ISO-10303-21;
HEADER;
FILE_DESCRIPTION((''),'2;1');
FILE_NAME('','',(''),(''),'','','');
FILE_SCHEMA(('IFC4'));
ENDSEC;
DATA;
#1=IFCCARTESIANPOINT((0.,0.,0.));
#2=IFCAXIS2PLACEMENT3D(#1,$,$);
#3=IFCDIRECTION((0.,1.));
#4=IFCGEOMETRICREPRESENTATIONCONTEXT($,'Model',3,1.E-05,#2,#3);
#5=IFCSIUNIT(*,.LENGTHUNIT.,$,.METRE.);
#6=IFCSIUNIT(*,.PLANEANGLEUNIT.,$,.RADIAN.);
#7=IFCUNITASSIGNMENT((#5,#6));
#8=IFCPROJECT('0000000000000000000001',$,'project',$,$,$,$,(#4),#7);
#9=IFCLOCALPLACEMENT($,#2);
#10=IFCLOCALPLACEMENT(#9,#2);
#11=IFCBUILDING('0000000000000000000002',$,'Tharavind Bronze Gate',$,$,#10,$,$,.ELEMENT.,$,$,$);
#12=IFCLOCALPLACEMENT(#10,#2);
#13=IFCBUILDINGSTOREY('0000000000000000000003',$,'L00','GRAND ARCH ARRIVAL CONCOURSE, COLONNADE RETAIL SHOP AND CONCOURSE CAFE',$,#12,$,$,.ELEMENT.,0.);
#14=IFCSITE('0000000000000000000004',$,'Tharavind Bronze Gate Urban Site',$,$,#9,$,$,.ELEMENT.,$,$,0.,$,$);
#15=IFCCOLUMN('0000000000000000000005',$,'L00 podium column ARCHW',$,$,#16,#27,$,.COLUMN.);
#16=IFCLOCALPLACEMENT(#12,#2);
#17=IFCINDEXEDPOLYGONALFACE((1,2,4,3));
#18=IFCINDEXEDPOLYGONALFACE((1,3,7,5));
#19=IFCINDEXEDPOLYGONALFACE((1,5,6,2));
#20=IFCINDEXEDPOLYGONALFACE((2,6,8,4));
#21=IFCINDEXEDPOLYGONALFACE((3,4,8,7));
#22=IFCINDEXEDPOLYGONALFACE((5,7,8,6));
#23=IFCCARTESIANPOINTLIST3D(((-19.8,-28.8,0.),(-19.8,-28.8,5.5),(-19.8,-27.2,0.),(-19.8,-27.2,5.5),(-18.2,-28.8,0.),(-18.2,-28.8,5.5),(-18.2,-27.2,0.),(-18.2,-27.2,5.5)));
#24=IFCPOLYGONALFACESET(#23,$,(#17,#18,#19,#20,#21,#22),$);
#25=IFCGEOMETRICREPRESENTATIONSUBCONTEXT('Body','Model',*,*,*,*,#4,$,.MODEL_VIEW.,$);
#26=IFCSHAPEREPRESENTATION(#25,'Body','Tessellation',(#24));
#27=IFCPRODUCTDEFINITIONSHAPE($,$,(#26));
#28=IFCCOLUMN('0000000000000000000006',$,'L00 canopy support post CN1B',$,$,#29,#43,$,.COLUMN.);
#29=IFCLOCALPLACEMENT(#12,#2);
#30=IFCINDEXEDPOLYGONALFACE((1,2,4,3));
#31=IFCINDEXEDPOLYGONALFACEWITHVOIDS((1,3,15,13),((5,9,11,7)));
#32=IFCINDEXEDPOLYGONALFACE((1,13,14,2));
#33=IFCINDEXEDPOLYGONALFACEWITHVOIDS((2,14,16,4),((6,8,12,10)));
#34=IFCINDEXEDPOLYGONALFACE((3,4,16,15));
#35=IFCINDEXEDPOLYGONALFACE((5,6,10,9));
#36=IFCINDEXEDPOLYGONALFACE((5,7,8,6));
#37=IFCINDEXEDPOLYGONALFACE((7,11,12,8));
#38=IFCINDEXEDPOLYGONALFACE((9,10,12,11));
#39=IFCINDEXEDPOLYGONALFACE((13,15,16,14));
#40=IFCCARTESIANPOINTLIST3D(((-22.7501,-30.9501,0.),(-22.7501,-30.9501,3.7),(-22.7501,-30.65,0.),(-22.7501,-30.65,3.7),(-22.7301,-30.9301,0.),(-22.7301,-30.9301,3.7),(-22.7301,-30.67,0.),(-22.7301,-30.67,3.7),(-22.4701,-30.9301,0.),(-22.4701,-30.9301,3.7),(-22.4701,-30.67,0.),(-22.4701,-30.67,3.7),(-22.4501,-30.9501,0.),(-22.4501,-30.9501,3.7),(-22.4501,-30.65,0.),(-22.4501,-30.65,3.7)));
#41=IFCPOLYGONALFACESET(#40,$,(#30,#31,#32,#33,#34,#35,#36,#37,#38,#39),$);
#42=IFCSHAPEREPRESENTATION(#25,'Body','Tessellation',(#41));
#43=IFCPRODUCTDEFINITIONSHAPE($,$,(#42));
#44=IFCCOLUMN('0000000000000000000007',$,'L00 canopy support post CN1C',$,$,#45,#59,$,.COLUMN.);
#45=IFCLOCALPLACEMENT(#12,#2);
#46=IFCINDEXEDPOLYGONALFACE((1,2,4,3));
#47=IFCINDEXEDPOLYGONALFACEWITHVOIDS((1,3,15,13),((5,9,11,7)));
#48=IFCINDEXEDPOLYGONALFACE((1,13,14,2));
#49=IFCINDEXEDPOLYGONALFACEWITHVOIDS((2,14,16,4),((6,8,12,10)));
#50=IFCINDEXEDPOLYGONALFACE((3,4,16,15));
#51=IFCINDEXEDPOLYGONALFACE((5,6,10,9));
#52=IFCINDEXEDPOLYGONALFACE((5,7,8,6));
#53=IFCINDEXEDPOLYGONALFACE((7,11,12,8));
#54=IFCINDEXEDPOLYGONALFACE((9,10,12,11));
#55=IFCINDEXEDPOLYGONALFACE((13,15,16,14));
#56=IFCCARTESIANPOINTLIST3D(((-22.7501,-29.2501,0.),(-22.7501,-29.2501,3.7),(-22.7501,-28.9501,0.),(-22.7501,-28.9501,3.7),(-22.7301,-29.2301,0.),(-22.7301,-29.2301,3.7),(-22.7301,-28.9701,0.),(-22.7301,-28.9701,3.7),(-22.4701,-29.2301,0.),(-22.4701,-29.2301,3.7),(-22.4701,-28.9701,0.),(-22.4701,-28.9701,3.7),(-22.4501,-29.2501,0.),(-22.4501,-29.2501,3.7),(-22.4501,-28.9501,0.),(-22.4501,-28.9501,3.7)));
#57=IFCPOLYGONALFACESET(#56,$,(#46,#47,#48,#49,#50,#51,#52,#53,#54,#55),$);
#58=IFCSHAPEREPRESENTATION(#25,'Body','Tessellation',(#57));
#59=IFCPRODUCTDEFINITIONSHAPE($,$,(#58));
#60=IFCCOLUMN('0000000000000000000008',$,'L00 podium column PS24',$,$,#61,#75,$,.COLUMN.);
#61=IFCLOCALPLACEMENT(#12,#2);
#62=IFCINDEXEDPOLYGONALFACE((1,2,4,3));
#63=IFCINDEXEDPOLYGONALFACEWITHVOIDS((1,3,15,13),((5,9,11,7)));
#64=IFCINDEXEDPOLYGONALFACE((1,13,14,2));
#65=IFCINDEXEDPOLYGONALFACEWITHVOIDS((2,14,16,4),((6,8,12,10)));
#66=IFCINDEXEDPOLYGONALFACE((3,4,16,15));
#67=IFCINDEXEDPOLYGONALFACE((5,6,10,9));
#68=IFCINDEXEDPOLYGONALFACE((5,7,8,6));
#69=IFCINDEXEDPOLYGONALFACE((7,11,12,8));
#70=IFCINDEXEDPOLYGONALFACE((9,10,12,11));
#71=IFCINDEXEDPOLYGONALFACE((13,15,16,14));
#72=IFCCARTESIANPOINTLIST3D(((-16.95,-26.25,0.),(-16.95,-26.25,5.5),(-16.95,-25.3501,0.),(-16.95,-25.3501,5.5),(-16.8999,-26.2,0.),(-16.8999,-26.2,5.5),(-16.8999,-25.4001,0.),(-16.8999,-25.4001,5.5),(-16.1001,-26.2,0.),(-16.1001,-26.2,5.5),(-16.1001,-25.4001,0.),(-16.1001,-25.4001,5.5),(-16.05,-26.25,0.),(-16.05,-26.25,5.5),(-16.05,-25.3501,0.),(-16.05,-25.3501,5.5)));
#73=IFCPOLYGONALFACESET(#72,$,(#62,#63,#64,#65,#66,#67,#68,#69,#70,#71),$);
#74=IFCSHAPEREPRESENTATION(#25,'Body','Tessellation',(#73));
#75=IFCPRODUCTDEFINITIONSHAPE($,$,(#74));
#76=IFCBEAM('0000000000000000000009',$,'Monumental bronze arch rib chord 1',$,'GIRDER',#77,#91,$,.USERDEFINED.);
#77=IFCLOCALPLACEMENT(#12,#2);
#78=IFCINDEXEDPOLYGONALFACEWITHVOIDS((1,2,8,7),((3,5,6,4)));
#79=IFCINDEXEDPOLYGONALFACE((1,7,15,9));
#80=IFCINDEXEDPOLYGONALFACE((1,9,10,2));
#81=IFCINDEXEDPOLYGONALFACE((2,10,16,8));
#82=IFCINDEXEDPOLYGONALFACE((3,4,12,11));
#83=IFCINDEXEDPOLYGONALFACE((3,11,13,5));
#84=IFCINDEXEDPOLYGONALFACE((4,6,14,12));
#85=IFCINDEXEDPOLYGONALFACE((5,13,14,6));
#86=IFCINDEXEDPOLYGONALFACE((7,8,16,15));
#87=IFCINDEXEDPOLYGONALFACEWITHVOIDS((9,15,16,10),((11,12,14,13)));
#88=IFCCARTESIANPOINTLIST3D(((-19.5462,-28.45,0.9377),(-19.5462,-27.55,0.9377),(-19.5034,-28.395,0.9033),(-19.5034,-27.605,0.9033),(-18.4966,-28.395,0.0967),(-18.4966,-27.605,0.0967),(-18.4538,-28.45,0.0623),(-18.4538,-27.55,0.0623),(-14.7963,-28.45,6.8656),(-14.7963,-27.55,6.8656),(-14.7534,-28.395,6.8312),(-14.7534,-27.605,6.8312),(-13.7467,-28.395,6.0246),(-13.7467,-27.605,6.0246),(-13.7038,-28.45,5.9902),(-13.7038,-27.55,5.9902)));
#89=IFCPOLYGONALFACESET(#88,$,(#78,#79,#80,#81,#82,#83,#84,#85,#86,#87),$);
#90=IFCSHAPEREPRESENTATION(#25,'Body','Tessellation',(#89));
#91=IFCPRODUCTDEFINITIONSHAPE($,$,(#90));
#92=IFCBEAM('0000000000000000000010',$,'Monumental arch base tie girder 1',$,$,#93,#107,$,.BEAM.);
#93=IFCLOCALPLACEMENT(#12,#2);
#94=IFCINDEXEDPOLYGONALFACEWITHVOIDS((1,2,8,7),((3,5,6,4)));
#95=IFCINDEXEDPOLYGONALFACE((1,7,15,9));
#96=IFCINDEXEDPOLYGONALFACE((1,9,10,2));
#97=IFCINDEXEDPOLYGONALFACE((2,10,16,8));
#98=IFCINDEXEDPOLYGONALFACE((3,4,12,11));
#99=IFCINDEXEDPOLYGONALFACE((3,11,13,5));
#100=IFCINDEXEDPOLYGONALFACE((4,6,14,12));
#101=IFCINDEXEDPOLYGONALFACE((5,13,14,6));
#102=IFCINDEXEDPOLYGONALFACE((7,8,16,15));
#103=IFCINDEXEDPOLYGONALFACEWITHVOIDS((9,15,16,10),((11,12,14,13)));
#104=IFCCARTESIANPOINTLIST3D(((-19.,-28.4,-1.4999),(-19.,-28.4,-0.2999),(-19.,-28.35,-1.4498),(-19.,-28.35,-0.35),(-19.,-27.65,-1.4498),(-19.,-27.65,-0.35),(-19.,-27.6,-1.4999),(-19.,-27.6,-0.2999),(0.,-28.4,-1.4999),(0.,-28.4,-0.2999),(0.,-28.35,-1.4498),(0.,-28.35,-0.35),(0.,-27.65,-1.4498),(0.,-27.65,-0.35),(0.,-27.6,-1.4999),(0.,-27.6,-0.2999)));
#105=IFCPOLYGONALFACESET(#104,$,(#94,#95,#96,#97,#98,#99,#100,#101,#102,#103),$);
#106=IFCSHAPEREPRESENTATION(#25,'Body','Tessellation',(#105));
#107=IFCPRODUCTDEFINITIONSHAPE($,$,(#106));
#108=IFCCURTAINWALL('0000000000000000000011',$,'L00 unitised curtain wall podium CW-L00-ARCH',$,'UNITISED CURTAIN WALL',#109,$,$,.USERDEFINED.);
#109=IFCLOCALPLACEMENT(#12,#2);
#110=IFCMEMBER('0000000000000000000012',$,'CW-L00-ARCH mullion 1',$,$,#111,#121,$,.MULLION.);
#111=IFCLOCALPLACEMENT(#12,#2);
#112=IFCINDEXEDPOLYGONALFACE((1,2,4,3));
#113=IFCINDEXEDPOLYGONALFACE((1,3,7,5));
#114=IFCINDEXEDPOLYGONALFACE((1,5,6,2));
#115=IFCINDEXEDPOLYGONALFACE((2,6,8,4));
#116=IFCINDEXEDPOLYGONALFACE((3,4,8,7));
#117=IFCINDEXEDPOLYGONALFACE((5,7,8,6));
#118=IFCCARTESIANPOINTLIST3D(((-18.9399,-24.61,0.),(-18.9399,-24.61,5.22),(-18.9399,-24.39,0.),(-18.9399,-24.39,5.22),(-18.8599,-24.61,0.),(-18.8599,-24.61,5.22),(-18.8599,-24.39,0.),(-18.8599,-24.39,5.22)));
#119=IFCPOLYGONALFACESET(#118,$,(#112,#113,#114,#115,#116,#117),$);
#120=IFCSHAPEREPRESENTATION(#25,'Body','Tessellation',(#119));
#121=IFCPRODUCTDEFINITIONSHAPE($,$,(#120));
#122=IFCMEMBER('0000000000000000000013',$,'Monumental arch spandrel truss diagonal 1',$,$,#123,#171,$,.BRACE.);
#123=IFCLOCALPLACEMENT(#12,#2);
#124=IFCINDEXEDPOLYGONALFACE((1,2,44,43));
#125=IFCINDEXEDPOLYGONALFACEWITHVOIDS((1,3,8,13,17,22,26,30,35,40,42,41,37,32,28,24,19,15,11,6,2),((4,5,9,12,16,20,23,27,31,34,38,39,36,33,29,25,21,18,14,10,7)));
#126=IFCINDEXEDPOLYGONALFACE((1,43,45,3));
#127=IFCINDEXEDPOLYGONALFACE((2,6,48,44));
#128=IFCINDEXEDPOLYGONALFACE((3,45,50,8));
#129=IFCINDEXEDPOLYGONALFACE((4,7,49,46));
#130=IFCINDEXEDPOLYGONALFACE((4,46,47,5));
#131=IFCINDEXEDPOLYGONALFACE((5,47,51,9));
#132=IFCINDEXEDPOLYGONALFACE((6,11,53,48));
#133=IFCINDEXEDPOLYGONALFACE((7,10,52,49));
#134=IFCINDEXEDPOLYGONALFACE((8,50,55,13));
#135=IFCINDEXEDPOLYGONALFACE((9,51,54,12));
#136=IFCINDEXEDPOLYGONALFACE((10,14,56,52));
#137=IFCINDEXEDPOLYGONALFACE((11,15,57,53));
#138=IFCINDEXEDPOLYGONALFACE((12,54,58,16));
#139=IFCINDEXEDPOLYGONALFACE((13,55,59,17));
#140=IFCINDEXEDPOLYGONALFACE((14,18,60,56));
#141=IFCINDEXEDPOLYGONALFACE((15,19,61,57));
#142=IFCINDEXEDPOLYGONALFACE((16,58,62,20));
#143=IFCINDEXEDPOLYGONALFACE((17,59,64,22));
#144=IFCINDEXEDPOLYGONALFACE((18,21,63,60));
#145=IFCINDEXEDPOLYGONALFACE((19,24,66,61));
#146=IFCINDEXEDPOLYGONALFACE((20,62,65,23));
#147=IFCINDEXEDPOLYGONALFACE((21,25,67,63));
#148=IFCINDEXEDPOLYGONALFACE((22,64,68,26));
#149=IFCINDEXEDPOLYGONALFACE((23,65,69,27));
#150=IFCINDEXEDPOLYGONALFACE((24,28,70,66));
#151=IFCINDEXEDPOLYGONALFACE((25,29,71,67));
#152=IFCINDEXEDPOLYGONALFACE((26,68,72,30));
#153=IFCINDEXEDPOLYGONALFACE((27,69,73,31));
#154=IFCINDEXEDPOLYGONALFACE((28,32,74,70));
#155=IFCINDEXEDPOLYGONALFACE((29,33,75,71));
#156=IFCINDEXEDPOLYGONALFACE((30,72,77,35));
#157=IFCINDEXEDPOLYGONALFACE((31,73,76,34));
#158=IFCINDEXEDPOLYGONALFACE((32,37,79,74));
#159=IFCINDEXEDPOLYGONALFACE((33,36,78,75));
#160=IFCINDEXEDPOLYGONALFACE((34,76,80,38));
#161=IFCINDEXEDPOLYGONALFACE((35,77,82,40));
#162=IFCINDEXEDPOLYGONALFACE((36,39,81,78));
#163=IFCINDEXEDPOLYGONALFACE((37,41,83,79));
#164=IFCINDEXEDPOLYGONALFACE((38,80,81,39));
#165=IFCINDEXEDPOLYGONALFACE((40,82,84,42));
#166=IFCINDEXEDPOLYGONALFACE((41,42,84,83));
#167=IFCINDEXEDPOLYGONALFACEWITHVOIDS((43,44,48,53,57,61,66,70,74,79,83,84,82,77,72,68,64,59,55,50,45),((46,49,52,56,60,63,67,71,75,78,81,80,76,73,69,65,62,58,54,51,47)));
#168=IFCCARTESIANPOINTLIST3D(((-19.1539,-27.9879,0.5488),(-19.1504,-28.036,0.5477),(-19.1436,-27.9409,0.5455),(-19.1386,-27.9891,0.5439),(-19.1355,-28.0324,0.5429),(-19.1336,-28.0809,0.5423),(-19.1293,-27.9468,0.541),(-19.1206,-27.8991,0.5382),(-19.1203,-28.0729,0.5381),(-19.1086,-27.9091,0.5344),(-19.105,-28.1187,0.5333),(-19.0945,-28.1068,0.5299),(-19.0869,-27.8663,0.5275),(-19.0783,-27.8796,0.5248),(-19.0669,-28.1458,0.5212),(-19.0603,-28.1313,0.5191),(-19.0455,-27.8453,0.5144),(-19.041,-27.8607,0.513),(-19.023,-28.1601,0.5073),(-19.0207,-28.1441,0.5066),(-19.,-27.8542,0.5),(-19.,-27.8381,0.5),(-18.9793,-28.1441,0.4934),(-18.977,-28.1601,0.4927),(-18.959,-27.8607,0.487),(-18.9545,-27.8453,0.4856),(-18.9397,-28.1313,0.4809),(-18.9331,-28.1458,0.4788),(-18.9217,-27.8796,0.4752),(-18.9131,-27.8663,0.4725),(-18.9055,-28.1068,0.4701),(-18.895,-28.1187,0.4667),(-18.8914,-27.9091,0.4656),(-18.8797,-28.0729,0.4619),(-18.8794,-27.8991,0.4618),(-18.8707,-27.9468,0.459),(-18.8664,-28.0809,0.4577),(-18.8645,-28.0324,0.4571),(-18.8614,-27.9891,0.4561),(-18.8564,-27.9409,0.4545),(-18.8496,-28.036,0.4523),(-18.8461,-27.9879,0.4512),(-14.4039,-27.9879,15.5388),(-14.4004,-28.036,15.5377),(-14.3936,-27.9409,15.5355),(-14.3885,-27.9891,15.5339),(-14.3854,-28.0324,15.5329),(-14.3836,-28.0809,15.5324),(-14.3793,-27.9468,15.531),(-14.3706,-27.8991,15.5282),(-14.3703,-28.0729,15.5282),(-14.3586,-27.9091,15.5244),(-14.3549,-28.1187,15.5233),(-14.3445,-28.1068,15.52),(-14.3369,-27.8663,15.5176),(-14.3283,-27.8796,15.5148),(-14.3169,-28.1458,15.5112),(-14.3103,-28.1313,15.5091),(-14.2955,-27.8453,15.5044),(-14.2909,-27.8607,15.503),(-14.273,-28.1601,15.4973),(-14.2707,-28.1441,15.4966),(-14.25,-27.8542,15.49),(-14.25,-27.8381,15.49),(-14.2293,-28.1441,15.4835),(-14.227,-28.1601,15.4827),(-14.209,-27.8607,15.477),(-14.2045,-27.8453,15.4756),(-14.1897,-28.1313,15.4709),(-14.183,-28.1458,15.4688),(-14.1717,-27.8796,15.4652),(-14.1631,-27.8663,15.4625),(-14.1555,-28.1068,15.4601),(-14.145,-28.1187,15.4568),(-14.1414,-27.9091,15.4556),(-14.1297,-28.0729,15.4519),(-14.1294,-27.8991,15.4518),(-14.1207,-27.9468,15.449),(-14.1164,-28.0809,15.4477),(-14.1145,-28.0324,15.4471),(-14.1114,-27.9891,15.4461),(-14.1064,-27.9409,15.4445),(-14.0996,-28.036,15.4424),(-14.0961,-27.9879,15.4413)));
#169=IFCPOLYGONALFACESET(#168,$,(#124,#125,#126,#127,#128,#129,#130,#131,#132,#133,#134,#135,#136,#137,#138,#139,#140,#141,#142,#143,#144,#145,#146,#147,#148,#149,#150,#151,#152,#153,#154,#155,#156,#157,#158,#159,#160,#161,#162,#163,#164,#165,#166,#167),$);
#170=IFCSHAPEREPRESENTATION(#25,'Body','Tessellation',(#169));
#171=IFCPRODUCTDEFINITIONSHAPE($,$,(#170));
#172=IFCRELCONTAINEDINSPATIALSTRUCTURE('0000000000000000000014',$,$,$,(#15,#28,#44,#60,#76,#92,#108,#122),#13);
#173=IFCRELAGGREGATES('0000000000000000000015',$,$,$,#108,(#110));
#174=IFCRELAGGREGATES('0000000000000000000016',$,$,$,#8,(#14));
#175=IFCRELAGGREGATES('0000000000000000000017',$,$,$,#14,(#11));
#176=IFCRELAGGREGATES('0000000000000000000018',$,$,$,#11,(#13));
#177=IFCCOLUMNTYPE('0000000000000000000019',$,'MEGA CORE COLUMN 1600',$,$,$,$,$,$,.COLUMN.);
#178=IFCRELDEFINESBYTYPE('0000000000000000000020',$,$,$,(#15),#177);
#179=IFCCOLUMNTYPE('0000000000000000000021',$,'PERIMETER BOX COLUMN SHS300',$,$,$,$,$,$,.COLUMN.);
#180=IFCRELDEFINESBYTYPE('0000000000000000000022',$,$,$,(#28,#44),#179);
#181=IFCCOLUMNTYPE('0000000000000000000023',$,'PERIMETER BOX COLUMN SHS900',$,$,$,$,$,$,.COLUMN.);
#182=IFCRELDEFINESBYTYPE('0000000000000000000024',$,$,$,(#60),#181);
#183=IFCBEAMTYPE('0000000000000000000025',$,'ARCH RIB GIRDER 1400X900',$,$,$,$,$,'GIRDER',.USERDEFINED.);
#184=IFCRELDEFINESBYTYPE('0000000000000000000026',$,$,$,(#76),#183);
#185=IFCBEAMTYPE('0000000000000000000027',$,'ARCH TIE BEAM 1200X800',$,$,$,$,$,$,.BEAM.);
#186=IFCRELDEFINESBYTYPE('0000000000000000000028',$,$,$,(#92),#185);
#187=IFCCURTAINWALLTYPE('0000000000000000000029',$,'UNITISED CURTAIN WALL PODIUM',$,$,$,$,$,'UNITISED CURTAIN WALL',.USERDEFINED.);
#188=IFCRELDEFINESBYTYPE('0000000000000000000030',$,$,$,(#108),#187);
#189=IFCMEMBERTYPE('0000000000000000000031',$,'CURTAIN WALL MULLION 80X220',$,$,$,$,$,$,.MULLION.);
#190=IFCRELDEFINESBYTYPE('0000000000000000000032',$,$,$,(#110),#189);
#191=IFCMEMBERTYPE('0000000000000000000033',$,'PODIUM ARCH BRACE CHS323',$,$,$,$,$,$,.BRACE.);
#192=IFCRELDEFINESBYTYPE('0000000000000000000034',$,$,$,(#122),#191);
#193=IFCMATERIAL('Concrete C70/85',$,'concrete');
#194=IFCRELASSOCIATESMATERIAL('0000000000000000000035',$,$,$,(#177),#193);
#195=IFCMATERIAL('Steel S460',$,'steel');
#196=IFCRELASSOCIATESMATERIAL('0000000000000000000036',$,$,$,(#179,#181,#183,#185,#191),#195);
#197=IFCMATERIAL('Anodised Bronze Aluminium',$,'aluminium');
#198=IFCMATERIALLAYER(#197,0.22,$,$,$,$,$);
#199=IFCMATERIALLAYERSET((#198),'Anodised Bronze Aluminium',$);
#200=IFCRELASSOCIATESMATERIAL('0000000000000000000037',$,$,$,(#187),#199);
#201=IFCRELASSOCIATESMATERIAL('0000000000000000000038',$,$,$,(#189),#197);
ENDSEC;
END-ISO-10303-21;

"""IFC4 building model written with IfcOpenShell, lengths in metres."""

from ifc_helpers import new_model, si_unit, direction, frame, origin, origin_2d, place, context, subcontext, project, spatial, rectangle, hollow_rectangle, hollow_circle, extrude, material, layer, layer_set, material_profile, profile_set, type_object, element, aggregate, save


model = new_model("IFC4")

# Units and contexts
model_context = context("Model", 3, precision=1e-05, world=origin(), true_north=direction((0.0, 1.0)))
body_context = subcontext(model_context, "Body", "Model", "MODEL_VIEW")
ifc_project = project(units=[si_unit("LENGTHUNIT", "METRE"), si_unit("PLANEANGLEUNIT", "RADIAN")], contexts=[model_context])

# Site, building, storey
site_placement = place(None, origin())
site = spatial("IfcSite", under=ifc_project, at=site_placement, Name="Tharavind Bronze Gate Urban Site", CompositionType="ELEMENT", RefElevation=0.0)
building_placement = place(site_placement, origin())
building = spatial("IfcBuilding", under=site, at=building_placement, Name="Tharavind Bronze Gate", CompositionType="ELEMENT")
storey_placement = place(building_placement, origin())
storey = spatial("IfcBuildingStorey", under=building, at=storey_placement, Name="L00", Description="GRAND ARCH ARRIVAL CONCOURSE, COLONNADE RETAIL SHOP AND CONCOURSE CAFE", CompositionType="ELEMENT", Elevation=0.0)

# Columns
ifc_material_1 = material(Name="Concrete C70/85", Category="concrete")
ifc_material_profile_1 = material_profile(ifc_material_1, rectangle(XDim=1.6001, YDim=1.6001, at=origin_2d()), Name="RCCOL1600")
ifc_profile_set_1 = profile_set([ifc_material_profile_1], Name="Concrete C70/85")
column_type_1 = type_object("IfcColumnType", Name="MEGA CORE COLUMN 1600", PredefinedType="COLUMN", material=ifc_profile_set_1)
column_1_placement = place(storey_placement, frame((-19.0, -28.0, 0.0), z_axis=(0.0, 0.0, 1.0), x_axis=(1.0, 0.0, 0.0)))
element("IfcColumn", 1, at=column_1_placement, inside=storey, type_object=column_type_1, Name="L00 podium column ARCHW", PredefinedType="COLUMN", context=body_context, shape_type="SweptSolid", body=[
    extrude(rectangle(XDim=1.6001, YDim=1.6001, at=origin_2d()), origin(), (0.0, 0.0, 1.0), 5.5),
])
ifc_material_2 = material(Name="Steel S460", Category="steel")
ifc_material_profile_2 = material_profile(ifc_material_2, hollow_rectangle(XDim=0.3, YDim=0.3, WallThickness=0.02, at=origin_2d()), Name="SHS300X20")
ifc_profile_set_2 = profile_set([ifc_material_profile_2], Name="Steel S460")
column_type_2 = type_object("IfcColumnType", Name="PERIMETER BOX COLUMN SHS300", PredefinedType="COLUMN", material=ifc_profile_set_2)
for number, where, z_axis, x_axis, name in (
    (2, (-22.6001, -30.8, 0.0), (0.0, 0.0, 1.0), (1.0, 0.0, 0.0), "L00 canopy support post CN1B"),
    (3, (-22.6001, -29.1001, 0.0), (0.0, 0.0, 1.0), (1.0, 0.0, 0.0), "L00 canopy support post CN1C"),
):
    element("IfcColumn", number, at=place(storey_placement, frame(where, z_axis=z_axis, x_axis=x_axis)), inside=storey, type_object=column_type_2, Name=name, PredefinedType="COLUMN", context=body_context, shape_type="SweptSolid", body=[
        extrude(hollow_rectangle(XDim=0.3, YDim=0.3, WallThickness=0.02, at=origin_2d()), origin(), (0.0, 0.0, 1.0), 3.7),
    ])
ifc_material_profile_3 = material_profile(ifc_material_2, hollow_rectangle(XDim=0.8999, YDim=0.8999, WallThickness=0.05, at=origin_2d()), Name="SHS900X50")
ifc_profile_set_3 = profile_set([ifc_material_profile_3], Name="Steel S460")
column_type_3 = type_object("IfcColumnType", Name="PERIMETER BOX COLUMN SHS900", PredefinedType="COLUMN", material=ifc_profile_set_3)
column_2_placement = place(storey_placement, frame((-16.5, -25.8, 0.0), z_axis=(0.0, 0.0, 1.0), x_axis=(1.0, 0.0, 0.0)))
element("IfcColumn", 4, at=column_2_placement, inside=storey, type_object=column_type_3, Name="L00 podium column PS24", PredefinedType="COLUMN", context=body_context, shape_type="SweptSolid", body=[
    extrude(hollow_rectangle(XDim=0.8999, YDim=0.8999, WallThickness=0.05, at=origin_2d()), origin(), (0.0, 0.0, 1.0), 5.5),
])

# Beams
ifc_material_profile_4 = material_profile(ifc_material_2, hollow_rectangle(XDim=0.8999, YDim=1.3999, WallThickness=0.0549, at=origin_2d()), Name="RHS1400X900X55")
ifc_profile_set_4 = profile_set([ifc_material_profile_4], Name="Steel S460")
beam_type_1 = type_object("IfcBeamType", Name="ARCH RIB GIRDER 1400X900", ElementType="GIRDER", PredefinedType="USERDEFINED", material=ifc_profile_set_4)
beam_1_placement = place(storey_placement, frame((-19.0, -28.0, 0.5), z_axis=(0.625306, 0.0, 0.780379), x_axis=(0.0, 1.0, 0.0)))
element("IfcBeam", 5, at=beam_1_placement, inside=storey, type_object=beam_type_1, Name="Monumental bronze arch rib chord 1", ObjectType="GIRDER", PredefinedType="USERDEFINED", context=body_context, shape_type="SweptSolid", body=[
    extrude(hollow_rectangle(XDim=0.8999, YDim=1.3999, WallThickness=0.0549, at=origin_2d()), origin(), (0.0, 0.0, 1.0), 7.5962),
])
ifc_material_profile_5 = material_profile(ifc_material_2, hollow_rectangle(XDim=0.8, YDim=1.2, WallThickness=0.05, at=origin_2d()), Name="RHS1200X800X50")
ifc_profile_set_5 = profile_set([ifc_material_profile_5], Name="Steel S460")
beam_type_2 = type_object("IfcBeamType", Name="ARCH TIE BEAM 1200X800", PredefinedType="BEAM", material=ifc_profile_set_5)
beam_2_placement = place(storey_placement, frame((-19.0, -28.0, -0.8999), z_axis=(1.0, 0.0, 0.0), x_axis=(0.0, 1.0, 0.0)))
element("IfcBeam", 6, at=beam_2_placement, inside=storey, type_object=beam_type_2, Name="Monumental arch base tie girder 1", PredefinedType="BEAM", context=body_context, shape_type="SweptSolid", body=[
    extrude(hollow_rectangle(XDim=0.8, YDim=1.2, WallThickness=0.05, at=origin_2d()), origin(), (0.0, 0.0, 1.0), 19.0),
])

# Curtain wall, member
ifc_material_3 = material(Name="Anodised Bronze Aluminium", Category="aluminium")
ifc_layer_1 = layer(ifc_material_3, 0.22)
ifc_layer_set_1 = layer_set([ifc_layer_1], Name="Anodised Bronze Aluminium")
curtain_wall_type = type_object("IfcCurtainWallType", Name="UNITISED CURTAIN WALL PODIUM", ElementType="UNITISED CURTAIN WALL", PredefinedType="USERDEFINED", material=ifc_layer_set_1)
curtain_wall_placement = place(storey_placement, origin())
curtain_wall = element("IfcCurtainWall", 7, at=curtain_wall_placement, inside=storey, type_object=curtain_wall_type, Name="L00 unitised curtain wall podium CW-L00-ARCH", ObjectType="UNITISED CURTAIN WALL", PredefinedType="USERDEFINED")
member_type_1 = type_object("IfcMemberType", Name="CURTAIN WALL MULLION 80X220", PredefinedType="MULLION", material=ifc_material_3)
member_1_placement = place(storey_placement, frame((-18.8999, -24.5, 0.0), z_axis=(0.0, 0.0, 1.0), x_axis=(1.0, 0.0, 0.0)))
member_1 = element("IfcMember", 8, at=member_1_placement, type_object=member_type_1, Name="CW-L00-ARCH mullion 1", PredefinedType="MULLION", context=body_context, shape_type="SweptSolid", body=[
    extrude(rectangle(XDim=0.0801, YDim=0.22, at=origin_2d()), origin(), (0.0, 0.0, 1.0), 5.22),
])
aggregate(curtain_wall, [member_1])

# Member
ifc_material_profile_6 = material_profile(ifc_material_2, hollow_circle(Radius=0.1619, WallThickness=0.0161, at=origin_2d()), Name="CHS323X16")
ifc_profile_set_6 = profile_set([ifc_material_profile_6], Name="Steel S460")
member_type_2 = type_object("IfcMemberType", Name="PODIUM ARCH BRACE CHS323", PredefinedType="BRACE", material=ifc_profile_set_6)
member_2_placement = place(storey_placement, frame((-19.0, -28.0, 0.5), z_axis=(0.302075, 0.0, 0.953284), x_axis=(0.0, 1.0, 0.0)))
element("IfcMember", 9, at=member_2_placement, inside=storey, type_object=member_type_2, Name="Monumental arch spandrel truss diagonal 1", PredefinedType="BRACE", context=body_context, shape_type="SweptSolid", body=[
    extrude(hollow_circle(Radius=0.1619, WallThickness=0.0161, at=origin_2d()), origin(), (0.0, 0.0, 1.0), 15.7246),
])

save(model, "model.ifc")
